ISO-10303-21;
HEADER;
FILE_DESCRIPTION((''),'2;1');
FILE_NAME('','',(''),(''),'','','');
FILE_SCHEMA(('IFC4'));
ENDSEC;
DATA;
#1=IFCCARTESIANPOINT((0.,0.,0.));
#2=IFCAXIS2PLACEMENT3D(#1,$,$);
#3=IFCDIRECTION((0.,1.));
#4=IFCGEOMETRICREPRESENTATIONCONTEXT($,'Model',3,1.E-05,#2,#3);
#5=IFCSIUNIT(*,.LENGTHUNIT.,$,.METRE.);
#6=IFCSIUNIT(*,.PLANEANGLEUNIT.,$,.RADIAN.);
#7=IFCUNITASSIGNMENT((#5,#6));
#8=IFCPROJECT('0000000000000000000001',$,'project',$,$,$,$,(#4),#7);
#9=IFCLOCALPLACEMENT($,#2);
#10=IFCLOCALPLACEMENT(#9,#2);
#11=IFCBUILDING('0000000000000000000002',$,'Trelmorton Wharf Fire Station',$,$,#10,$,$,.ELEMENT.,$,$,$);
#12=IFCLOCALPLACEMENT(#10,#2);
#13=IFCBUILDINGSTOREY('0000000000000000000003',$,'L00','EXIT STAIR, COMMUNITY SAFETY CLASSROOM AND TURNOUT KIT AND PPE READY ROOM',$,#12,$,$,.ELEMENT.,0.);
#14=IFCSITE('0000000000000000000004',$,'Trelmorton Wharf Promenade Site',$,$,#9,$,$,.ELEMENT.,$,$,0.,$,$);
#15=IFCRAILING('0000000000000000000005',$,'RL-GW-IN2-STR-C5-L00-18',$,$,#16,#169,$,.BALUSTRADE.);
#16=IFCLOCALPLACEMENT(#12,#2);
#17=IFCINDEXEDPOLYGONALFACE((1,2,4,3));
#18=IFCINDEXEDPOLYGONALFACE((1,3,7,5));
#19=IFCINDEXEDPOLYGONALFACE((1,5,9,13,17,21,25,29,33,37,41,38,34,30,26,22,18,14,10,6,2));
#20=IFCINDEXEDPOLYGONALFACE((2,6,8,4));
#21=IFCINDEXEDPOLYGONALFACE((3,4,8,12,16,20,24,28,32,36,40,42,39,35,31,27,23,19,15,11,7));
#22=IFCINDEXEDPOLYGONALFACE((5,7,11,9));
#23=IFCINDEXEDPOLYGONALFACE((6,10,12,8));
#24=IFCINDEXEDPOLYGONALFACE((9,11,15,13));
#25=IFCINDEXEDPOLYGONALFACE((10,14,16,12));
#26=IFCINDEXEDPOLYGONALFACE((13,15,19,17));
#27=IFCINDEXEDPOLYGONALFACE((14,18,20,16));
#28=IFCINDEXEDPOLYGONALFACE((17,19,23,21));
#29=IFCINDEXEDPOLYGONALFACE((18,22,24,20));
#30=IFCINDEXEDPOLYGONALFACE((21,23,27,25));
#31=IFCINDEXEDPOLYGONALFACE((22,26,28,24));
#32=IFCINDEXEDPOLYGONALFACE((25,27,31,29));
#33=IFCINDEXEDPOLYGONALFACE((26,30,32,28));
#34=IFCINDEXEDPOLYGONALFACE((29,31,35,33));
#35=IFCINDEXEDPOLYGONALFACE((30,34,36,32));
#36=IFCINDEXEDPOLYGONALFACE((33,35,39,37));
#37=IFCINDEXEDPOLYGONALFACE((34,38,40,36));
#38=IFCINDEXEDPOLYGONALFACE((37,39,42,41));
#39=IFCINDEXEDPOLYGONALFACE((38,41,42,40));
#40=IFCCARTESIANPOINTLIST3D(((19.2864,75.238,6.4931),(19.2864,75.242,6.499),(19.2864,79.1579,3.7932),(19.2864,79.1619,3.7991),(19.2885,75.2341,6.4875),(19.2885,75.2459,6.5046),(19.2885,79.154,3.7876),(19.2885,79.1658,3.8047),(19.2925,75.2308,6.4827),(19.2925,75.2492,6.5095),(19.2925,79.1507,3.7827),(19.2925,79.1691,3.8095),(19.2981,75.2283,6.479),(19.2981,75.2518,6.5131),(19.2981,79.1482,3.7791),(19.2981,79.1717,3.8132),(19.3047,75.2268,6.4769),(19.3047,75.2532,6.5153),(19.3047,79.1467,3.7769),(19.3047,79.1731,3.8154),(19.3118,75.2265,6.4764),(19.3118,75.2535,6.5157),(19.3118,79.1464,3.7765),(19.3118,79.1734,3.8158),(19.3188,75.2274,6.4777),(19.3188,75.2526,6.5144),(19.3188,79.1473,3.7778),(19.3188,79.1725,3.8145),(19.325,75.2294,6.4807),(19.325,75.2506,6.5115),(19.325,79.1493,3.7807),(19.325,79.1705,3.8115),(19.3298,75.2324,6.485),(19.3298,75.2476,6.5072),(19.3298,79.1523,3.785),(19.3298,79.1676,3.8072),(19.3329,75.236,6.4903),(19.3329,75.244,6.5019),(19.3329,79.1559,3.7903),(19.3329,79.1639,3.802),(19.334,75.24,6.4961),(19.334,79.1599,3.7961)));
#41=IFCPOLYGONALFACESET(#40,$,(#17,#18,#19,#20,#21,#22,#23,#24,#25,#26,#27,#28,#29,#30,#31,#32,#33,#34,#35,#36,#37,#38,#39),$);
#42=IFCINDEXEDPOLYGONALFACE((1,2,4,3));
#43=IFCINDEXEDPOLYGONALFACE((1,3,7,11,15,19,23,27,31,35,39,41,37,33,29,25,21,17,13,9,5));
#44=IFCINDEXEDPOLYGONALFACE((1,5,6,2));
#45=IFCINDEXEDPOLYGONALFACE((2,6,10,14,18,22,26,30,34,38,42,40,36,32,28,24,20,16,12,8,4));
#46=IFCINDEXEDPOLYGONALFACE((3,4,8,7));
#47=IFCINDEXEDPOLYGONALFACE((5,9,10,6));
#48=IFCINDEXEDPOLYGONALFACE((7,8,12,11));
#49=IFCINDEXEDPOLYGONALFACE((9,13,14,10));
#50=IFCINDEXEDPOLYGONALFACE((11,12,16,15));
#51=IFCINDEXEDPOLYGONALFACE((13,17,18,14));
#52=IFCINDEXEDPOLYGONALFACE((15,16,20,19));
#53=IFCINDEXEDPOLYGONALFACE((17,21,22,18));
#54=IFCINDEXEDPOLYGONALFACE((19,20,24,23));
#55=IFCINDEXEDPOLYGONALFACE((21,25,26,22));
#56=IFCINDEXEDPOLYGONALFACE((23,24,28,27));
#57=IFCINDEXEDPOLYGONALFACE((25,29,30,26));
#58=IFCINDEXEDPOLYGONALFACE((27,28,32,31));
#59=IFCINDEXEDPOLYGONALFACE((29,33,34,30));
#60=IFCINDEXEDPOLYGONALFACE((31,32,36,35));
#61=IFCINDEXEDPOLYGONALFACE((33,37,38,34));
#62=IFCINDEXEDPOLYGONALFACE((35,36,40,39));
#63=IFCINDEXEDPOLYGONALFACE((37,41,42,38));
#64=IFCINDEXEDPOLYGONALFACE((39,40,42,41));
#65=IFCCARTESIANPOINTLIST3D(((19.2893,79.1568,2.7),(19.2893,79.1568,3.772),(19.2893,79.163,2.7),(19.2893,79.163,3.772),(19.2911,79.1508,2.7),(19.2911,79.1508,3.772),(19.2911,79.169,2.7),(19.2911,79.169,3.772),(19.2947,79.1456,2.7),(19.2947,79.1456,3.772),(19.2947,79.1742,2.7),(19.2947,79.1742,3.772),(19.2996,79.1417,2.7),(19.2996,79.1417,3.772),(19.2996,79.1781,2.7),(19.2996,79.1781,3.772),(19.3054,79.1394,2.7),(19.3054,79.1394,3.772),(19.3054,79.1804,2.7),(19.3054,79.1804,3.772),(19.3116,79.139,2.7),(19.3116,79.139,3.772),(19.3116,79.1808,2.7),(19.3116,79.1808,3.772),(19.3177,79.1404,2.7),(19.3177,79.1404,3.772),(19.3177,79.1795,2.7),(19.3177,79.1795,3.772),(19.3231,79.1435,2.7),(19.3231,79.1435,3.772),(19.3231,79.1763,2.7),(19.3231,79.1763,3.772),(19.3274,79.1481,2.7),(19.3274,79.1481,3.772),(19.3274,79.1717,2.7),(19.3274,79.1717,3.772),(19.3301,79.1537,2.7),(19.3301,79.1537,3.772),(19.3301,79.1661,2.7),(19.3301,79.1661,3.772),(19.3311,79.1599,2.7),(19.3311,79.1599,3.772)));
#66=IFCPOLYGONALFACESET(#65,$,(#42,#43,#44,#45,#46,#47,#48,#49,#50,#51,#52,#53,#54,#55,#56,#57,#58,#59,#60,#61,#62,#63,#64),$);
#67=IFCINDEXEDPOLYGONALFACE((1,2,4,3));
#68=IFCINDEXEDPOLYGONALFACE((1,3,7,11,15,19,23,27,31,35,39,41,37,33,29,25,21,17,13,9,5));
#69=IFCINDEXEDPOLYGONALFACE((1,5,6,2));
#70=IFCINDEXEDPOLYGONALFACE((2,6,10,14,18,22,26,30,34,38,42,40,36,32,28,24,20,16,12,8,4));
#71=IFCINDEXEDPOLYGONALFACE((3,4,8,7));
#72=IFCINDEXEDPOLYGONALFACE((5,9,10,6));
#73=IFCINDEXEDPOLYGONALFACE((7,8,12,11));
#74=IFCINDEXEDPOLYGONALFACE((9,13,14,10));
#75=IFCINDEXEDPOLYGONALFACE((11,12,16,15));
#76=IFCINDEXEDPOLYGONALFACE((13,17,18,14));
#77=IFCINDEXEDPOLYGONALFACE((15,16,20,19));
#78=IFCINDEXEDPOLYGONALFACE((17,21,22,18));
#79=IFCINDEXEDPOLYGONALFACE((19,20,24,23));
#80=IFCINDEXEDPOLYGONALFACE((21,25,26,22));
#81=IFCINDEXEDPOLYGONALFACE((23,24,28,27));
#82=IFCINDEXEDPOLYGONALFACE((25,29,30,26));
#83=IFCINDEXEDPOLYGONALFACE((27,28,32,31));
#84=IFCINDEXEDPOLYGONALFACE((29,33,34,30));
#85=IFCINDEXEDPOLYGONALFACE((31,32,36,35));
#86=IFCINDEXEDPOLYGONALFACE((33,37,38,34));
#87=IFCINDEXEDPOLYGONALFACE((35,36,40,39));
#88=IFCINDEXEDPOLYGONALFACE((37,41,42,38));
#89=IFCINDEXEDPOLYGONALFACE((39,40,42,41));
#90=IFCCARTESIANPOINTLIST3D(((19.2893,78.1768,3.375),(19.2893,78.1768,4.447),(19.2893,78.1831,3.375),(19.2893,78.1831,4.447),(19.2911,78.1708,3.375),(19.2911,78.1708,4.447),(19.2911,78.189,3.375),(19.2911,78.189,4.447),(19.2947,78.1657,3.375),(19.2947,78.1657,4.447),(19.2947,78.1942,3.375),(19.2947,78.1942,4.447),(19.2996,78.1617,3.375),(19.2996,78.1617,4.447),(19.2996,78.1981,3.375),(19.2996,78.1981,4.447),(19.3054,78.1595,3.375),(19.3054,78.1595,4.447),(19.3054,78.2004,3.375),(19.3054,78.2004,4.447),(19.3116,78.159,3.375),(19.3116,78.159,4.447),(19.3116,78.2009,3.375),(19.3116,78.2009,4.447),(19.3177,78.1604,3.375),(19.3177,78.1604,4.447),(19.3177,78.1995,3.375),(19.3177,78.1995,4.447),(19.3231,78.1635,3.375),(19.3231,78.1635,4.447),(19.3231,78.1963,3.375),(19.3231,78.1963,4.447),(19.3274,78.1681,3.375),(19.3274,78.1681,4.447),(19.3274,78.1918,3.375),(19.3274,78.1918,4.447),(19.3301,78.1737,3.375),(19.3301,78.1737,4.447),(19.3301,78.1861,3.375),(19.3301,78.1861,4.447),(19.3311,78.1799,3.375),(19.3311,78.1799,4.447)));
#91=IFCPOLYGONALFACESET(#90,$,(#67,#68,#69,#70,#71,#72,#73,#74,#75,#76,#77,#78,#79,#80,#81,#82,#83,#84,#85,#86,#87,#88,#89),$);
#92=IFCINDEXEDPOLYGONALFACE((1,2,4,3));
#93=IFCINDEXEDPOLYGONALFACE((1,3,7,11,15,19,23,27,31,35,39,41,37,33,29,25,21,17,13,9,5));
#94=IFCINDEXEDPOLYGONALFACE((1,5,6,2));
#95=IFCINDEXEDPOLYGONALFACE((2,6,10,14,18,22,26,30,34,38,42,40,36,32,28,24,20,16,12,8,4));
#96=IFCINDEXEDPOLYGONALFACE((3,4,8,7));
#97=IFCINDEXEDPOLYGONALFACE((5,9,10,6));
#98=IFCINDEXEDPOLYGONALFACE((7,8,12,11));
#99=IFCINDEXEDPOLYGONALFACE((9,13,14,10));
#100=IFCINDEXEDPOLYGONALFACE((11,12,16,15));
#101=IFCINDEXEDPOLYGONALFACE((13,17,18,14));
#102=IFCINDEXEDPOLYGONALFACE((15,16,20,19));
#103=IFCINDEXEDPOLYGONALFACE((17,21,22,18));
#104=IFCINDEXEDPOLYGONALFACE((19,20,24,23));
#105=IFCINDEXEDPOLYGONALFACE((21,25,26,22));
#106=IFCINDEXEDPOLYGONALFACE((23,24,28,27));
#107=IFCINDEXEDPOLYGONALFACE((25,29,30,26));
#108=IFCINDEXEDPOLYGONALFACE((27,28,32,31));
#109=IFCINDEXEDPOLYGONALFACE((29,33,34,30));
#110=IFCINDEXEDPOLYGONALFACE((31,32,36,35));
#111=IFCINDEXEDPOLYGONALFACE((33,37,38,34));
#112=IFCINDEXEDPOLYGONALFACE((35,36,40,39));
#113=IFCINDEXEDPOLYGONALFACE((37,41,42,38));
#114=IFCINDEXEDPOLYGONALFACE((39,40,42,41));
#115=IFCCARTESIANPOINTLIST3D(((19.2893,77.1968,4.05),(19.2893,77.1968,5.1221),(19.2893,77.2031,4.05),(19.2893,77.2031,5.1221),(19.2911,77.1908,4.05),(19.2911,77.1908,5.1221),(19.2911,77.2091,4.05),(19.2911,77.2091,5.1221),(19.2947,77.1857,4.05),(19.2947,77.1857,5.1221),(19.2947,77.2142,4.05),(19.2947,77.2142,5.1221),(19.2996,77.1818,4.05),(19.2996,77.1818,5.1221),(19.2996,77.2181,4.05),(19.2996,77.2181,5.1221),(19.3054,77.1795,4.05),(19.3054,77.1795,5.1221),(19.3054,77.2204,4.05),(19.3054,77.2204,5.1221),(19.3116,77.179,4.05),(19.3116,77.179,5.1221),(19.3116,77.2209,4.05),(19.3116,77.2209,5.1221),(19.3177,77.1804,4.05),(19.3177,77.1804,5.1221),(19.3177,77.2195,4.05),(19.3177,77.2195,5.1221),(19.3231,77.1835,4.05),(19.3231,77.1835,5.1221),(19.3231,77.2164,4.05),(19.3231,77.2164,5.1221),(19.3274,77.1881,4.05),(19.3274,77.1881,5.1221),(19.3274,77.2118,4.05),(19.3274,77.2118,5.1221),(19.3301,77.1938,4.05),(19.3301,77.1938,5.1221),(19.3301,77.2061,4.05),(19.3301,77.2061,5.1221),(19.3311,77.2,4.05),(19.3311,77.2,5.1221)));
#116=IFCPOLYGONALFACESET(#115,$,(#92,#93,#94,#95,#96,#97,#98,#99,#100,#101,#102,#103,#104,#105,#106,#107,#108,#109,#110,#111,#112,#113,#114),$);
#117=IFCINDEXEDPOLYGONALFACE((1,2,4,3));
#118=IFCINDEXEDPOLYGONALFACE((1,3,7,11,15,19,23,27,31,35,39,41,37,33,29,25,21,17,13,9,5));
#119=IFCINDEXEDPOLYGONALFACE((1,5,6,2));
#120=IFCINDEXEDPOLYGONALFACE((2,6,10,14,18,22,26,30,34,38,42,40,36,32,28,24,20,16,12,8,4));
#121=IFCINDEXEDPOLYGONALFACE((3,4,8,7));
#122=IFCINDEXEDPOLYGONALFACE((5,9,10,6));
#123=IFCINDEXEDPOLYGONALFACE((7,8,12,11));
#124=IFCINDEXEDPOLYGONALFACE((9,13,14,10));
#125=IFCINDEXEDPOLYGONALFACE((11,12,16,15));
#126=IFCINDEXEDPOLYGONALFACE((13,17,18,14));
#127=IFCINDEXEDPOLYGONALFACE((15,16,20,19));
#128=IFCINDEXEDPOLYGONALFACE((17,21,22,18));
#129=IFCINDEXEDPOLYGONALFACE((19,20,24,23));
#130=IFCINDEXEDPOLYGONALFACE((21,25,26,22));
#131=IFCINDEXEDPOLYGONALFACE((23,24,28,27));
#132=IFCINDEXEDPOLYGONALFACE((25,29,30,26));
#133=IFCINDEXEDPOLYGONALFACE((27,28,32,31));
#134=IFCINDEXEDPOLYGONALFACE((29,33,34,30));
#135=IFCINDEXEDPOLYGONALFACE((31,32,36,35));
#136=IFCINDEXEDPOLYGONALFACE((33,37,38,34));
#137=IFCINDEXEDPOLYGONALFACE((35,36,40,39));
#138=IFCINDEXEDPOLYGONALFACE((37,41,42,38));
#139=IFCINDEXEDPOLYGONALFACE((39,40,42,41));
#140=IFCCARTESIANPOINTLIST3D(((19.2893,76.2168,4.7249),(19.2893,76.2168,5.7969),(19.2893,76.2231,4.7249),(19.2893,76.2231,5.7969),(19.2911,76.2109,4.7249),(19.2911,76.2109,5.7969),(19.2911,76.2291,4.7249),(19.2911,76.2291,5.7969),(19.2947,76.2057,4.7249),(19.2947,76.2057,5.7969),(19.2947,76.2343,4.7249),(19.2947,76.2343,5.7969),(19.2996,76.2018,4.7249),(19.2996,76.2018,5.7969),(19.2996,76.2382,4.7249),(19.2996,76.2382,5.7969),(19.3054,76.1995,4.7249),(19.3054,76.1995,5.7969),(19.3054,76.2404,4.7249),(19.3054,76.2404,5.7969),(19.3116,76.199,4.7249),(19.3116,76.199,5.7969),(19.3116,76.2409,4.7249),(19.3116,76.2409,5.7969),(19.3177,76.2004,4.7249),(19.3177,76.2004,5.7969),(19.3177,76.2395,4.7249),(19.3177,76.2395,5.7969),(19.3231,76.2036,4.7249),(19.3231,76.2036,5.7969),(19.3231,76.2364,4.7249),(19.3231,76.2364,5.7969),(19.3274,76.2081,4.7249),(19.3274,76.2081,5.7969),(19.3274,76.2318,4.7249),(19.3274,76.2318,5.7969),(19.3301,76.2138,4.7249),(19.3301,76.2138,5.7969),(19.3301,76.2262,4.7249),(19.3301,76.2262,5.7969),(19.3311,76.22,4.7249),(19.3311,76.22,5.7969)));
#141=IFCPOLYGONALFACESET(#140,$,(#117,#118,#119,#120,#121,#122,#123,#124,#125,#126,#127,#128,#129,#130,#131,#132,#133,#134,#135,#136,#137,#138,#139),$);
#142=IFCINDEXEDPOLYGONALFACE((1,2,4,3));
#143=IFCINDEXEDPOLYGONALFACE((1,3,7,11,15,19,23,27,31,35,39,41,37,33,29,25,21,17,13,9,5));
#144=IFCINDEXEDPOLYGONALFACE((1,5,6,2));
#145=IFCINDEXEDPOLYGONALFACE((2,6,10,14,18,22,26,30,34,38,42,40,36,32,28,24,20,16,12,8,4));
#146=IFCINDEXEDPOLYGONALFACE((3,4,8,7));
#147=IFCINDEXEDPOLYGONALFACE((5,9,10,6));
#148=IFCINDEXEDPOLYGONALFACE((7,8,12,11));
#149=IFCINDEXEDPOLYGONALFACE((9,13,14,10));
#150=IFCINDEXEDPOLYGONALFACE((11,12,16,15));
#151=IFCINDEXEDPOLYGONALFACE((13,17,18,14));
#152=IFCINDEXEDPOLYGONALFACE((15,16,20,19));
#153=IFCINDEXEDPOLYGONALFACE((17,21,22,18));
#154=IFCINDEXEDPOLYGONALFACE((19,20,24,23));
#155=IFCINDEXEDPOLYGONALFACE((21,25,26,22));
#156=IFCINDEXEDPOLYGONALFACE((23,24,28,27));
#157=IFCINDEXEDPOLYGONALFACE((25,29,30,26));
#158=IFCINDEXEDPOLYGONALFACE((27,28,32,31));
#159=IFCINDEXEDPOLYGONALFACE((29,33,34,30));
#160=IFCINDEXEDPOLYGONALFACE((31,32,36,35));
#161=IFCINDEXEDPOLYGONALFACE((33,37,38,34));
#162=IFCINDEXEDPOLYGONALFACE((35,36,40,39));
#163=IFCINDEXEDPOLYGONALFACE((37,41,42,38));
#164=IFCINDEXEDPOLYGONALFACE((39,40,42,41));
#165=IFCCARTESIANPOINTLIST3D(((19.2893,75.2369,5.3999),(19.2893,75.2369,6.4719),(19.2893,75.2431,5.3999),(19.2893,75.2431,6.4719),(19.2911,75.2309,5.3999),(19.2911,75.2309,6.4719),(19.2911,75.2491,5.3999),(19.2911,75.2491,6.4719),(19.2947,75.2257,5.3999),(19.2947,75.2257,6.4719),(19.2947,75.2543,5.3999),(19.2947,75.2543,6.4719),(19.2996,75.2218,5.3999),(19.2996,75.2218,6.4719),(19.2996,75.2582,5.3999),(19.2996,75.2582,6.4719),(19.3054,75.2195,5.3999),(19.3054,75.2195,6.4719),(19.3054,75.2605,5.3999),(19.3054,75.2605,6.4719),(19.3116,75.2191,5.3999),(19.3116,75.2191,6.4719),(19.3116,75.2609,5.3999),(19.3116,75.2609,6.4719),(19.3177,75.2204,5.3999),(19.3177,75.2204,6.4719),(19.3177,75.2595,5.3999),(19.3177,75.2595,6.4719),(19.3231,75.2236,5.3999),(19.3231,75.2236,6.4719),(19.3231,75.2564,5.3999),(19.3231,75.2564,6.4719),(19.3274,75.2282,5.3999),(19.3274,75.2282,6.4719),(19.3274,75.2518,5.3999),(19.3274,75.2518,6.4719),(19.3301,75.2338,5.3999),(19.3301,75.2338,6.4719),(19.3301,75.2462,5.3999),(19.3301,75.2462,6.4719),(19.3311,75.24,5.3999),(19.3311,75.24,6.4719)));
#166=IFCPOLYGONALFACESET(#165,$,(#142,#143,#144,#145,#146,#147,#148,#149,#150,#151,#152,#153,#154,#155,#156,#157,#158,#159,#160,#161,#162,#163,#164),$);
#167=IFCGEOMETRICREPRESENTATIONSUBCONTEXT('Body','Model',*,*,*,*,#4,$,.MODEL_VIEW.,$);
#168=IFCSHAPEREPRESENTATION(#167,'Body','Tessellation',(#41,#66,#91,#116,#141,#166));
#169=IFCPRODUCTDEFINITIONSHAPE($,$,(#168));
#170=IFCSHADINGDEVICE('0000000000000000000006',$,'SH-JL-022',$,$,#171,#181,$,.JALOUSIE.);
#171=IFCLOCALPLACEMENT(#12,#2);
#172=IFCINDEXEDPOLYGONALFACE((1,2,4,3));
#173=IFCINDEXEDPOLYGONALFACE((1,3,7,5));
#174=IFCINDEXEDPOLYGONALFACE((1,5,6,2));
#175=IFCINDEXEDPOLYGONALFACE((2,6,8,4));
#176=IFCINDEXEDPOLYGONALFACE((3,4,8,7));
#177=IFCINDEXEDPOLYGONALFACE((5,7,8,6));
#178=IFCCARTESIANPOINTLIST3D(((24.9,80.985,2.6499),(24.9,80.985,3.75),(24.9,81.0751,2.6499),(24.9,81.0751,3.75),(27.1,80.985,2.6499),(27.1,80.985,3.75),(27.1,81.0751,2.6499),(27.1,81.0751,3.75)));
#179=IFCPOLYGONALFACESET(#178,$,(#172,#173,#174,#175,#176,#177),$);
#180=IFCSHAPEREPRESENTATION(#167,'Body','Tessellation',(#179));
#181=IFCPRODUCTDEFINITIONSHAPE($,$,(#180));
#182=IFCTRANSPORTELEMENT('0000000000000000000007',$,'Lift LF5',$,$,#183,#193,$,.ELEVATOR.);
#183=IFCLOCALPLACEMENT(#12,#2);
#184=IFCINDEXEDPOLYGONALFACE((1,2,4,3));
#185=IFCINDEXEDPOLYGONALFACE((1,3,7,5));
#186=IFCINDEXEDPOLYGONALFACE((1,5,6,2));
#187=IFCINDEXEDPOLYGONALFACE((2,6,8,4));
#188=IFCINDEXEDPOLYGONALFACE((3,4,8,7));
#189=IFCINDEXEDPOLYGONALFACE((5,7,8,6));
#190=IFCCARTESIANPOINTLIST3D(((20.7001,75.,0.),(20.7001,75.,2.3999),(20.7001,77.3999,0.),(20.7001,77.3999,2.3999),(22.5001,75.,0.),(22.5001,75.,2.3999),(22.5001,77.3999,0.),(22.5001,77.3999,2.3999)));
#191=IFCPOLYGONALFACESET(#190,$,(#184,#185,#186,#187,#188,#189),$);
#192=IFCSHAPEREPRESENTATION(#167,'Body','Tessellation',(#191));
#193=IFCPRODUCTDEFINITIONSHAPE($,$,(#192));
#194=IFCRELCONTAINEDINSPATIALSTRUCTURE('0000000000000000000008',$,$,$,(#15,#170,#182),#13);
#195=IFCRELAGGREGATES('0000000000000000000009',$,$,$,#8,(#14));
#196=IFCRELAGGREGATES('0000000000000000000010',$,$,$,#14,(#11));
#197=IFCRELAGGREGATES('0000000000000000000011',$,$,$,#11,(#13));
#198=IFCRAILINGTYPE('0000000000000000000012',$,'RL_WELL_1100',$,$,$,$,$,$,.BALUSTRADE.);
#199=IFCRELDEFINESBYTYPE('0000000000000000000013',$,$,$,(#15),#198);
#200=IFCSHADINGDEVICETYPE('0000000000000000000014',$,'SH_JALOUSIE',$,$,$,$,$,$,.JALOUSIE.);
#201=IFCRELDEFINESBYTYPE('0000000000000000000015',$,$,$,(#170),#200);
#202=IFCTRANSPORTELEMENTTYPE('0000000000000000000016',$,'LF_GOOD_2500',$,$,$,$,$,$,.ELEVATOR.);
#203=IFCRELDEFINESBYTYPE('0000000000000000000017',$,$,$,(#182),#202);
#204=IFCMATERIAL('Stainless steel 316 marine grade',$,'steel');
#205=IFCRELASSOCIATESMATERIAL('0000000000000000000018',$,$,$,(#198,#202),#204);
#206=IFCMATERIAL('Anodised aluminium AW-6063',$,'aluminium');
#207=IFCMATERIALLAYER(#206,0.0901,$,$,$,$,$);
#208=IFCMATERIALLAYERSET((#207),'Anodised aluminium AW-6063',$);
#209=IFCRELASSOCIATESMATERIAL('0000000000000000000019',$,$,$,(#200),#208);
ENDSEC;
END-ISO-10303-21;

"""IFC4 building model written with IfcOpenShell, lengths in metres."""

from ifc_helpers import new_model, si_unit, direction, frame, origin, origin_2d, place, context, subcontext, project, spatial, rectangle, circle, extrude, material, layer, layer_set, type_object, element, save


model = new_model("IFC4")

# Units and contexts
model_context = context("Model", 3, precision=1e-05, world=origin(), true_north=direction((0.0, 1.0)))
body_context = subcontext(model_context, "Body", "Model", "MODEL_VIEW")
ifc_project = project(units=[si_unit("LENGTHUNIT", "METRE"), si_unit("PLANEANGLEUNIT", "RADIAN")], contexts=[model_context])

# Site, building, storey
site_placement = place(None, origin())
site = spatial("IfcSite", under=ifc_project, at=site_placement, Name="Trelmorton Wharf Promenade Site", CompositionType="ELEMENT", RefElevation=0.0)
building_placement = place(site_placement, origin())
building = spatial("IfcBuilding", under=site, at=building_placement, Name="Trelmorton Wharf Fire Station", CompositionType="ELEMENT")
storey_placement = place(building_placement, origin())
storey = spatial("IfcBuildingStorey", under=building, at=storey_placement, Name="L00", Description="EXIT STAIR, COMMUNITY SAFETY CLASSROOM AND TURNOUT KIT AND PPE READY ROOM", CompositionType="ELEMENT", Elevation=0.0)

# Shared definitions
ifc_material_1 = material(Name="Stainless steel 316 marine grade", Category="steel")

# Railing
railing_type_1 = type_object("IfcRailingType", Name="RL_WELL_1100", PredefinedType="BALUSTRADE", material=ifc_material_1)
railing_1_placement = place(storey_placement, frame((19.3101, 79.1599, 2.7)))
element("IfcRailing", 1, at=railing_1_placement, inside=storey, type_object=railing_type_1, Name="RL-GW-IN2-STR-C5-L00-18", PredefinedType="BALUSTRADE", context=body_context, shape_type="SweptSolid", body=[
    extrude(circle(Radius=0.0239, at=origin_2d()), frame((0.0, 0.0, 1.0962), z_axis=(0.0, -0.823551, 0.567243), x_axis=(1.0, 0.0, 0.0)), (0.0, 0.0, 1.0), 4.7598),
    extrude(circle(Radius=0.021, at=origin_2d()), origin(), (0.0, 0.0, 1.0), 1.072),
    extrude(circle(Radius=0.021, at=origin_2d()), frame((0.0, -0.98, 0.675)), (0.0, 0.0, 1.0), 1.072),
    extrude(circle(Radius=0.021, at=origin_2d()), frame((0.0, -1.96, 1.3501)), (0.0, 0.0, 1.0), 1.072),
    extrude(circle(Radius=0.021, at=origin_2d()), frame((0.0, -2.9399, 2.0249)), (0.0, 0.0, 1.0), 1.072),
    extrude(circle(Radius=0.021, at=origin_2d()), frame((0.0, -3.9199, 2.7)), (0.0, 0.0, 1.0), 1.072),
])

# Shading device
ifc_material_2 = material(Name="Anodised aluminium AW-6063", Category="aluminium")
ifc_layer_1 = layer(ifc_material_2, 0.0901)
ifc_layer_set_1 = layer_set([ifc_layer_1], Name="Anodised aluminium AW-6063")
shading_device_type = type_object("IfcShadingDeviceType", Name="SH_JALOUSIE", PredefinedType="JALOUSIE", material=ifc_layer_set_1)
shading_device_placement = place(storey_placement, frame((26.0, 81.03, 2.6499), z_axis=(0.0, 0.0, 1.0), x_axis=(1.0, 0.0, 0.0)))
element("IfcShadingDevice", 2, at=shading_device_placement, inside=storey, type_object=shading_device_type, Name="SH-JL-022", PredefinedType="JALOUSIE", context=body_context, shape_type="SweptSolid", body=[
    extrude(rectangle(XDim=2.2, YDim=0.0901, at=origin_2d()), origin(), (0.0, 0.0, 1.0), 1.1001),
])

# Transport element
transport_element_type = type_object("IfcTransportElementType", Name="LF_GOOD_2500", PredefinedType="ELEVATOR", material=ifc_material_1)
transport_element_placement = place(storey_placement, frame((21.6001, 76.2, 0.0), z_axis=(0.0, 0.0, 1.0), x_axis=(1.0, 0.0, 0.0)))
element("IfcTransportElement", 3, at=transport_element_placement, inside=storey, type_object=transport_element_type, Name="Lift LF5", PredefinedType="ELEVATOR", context=body_context, shape_type="SweptSolid", body=[
    extrude(rectangle(XDim=1.8, YDim=2.3999, at=origin_2d()), origin(), (0.0, 0.0, 1.0), 2.3999),
])

save(model, "model.ifc")
